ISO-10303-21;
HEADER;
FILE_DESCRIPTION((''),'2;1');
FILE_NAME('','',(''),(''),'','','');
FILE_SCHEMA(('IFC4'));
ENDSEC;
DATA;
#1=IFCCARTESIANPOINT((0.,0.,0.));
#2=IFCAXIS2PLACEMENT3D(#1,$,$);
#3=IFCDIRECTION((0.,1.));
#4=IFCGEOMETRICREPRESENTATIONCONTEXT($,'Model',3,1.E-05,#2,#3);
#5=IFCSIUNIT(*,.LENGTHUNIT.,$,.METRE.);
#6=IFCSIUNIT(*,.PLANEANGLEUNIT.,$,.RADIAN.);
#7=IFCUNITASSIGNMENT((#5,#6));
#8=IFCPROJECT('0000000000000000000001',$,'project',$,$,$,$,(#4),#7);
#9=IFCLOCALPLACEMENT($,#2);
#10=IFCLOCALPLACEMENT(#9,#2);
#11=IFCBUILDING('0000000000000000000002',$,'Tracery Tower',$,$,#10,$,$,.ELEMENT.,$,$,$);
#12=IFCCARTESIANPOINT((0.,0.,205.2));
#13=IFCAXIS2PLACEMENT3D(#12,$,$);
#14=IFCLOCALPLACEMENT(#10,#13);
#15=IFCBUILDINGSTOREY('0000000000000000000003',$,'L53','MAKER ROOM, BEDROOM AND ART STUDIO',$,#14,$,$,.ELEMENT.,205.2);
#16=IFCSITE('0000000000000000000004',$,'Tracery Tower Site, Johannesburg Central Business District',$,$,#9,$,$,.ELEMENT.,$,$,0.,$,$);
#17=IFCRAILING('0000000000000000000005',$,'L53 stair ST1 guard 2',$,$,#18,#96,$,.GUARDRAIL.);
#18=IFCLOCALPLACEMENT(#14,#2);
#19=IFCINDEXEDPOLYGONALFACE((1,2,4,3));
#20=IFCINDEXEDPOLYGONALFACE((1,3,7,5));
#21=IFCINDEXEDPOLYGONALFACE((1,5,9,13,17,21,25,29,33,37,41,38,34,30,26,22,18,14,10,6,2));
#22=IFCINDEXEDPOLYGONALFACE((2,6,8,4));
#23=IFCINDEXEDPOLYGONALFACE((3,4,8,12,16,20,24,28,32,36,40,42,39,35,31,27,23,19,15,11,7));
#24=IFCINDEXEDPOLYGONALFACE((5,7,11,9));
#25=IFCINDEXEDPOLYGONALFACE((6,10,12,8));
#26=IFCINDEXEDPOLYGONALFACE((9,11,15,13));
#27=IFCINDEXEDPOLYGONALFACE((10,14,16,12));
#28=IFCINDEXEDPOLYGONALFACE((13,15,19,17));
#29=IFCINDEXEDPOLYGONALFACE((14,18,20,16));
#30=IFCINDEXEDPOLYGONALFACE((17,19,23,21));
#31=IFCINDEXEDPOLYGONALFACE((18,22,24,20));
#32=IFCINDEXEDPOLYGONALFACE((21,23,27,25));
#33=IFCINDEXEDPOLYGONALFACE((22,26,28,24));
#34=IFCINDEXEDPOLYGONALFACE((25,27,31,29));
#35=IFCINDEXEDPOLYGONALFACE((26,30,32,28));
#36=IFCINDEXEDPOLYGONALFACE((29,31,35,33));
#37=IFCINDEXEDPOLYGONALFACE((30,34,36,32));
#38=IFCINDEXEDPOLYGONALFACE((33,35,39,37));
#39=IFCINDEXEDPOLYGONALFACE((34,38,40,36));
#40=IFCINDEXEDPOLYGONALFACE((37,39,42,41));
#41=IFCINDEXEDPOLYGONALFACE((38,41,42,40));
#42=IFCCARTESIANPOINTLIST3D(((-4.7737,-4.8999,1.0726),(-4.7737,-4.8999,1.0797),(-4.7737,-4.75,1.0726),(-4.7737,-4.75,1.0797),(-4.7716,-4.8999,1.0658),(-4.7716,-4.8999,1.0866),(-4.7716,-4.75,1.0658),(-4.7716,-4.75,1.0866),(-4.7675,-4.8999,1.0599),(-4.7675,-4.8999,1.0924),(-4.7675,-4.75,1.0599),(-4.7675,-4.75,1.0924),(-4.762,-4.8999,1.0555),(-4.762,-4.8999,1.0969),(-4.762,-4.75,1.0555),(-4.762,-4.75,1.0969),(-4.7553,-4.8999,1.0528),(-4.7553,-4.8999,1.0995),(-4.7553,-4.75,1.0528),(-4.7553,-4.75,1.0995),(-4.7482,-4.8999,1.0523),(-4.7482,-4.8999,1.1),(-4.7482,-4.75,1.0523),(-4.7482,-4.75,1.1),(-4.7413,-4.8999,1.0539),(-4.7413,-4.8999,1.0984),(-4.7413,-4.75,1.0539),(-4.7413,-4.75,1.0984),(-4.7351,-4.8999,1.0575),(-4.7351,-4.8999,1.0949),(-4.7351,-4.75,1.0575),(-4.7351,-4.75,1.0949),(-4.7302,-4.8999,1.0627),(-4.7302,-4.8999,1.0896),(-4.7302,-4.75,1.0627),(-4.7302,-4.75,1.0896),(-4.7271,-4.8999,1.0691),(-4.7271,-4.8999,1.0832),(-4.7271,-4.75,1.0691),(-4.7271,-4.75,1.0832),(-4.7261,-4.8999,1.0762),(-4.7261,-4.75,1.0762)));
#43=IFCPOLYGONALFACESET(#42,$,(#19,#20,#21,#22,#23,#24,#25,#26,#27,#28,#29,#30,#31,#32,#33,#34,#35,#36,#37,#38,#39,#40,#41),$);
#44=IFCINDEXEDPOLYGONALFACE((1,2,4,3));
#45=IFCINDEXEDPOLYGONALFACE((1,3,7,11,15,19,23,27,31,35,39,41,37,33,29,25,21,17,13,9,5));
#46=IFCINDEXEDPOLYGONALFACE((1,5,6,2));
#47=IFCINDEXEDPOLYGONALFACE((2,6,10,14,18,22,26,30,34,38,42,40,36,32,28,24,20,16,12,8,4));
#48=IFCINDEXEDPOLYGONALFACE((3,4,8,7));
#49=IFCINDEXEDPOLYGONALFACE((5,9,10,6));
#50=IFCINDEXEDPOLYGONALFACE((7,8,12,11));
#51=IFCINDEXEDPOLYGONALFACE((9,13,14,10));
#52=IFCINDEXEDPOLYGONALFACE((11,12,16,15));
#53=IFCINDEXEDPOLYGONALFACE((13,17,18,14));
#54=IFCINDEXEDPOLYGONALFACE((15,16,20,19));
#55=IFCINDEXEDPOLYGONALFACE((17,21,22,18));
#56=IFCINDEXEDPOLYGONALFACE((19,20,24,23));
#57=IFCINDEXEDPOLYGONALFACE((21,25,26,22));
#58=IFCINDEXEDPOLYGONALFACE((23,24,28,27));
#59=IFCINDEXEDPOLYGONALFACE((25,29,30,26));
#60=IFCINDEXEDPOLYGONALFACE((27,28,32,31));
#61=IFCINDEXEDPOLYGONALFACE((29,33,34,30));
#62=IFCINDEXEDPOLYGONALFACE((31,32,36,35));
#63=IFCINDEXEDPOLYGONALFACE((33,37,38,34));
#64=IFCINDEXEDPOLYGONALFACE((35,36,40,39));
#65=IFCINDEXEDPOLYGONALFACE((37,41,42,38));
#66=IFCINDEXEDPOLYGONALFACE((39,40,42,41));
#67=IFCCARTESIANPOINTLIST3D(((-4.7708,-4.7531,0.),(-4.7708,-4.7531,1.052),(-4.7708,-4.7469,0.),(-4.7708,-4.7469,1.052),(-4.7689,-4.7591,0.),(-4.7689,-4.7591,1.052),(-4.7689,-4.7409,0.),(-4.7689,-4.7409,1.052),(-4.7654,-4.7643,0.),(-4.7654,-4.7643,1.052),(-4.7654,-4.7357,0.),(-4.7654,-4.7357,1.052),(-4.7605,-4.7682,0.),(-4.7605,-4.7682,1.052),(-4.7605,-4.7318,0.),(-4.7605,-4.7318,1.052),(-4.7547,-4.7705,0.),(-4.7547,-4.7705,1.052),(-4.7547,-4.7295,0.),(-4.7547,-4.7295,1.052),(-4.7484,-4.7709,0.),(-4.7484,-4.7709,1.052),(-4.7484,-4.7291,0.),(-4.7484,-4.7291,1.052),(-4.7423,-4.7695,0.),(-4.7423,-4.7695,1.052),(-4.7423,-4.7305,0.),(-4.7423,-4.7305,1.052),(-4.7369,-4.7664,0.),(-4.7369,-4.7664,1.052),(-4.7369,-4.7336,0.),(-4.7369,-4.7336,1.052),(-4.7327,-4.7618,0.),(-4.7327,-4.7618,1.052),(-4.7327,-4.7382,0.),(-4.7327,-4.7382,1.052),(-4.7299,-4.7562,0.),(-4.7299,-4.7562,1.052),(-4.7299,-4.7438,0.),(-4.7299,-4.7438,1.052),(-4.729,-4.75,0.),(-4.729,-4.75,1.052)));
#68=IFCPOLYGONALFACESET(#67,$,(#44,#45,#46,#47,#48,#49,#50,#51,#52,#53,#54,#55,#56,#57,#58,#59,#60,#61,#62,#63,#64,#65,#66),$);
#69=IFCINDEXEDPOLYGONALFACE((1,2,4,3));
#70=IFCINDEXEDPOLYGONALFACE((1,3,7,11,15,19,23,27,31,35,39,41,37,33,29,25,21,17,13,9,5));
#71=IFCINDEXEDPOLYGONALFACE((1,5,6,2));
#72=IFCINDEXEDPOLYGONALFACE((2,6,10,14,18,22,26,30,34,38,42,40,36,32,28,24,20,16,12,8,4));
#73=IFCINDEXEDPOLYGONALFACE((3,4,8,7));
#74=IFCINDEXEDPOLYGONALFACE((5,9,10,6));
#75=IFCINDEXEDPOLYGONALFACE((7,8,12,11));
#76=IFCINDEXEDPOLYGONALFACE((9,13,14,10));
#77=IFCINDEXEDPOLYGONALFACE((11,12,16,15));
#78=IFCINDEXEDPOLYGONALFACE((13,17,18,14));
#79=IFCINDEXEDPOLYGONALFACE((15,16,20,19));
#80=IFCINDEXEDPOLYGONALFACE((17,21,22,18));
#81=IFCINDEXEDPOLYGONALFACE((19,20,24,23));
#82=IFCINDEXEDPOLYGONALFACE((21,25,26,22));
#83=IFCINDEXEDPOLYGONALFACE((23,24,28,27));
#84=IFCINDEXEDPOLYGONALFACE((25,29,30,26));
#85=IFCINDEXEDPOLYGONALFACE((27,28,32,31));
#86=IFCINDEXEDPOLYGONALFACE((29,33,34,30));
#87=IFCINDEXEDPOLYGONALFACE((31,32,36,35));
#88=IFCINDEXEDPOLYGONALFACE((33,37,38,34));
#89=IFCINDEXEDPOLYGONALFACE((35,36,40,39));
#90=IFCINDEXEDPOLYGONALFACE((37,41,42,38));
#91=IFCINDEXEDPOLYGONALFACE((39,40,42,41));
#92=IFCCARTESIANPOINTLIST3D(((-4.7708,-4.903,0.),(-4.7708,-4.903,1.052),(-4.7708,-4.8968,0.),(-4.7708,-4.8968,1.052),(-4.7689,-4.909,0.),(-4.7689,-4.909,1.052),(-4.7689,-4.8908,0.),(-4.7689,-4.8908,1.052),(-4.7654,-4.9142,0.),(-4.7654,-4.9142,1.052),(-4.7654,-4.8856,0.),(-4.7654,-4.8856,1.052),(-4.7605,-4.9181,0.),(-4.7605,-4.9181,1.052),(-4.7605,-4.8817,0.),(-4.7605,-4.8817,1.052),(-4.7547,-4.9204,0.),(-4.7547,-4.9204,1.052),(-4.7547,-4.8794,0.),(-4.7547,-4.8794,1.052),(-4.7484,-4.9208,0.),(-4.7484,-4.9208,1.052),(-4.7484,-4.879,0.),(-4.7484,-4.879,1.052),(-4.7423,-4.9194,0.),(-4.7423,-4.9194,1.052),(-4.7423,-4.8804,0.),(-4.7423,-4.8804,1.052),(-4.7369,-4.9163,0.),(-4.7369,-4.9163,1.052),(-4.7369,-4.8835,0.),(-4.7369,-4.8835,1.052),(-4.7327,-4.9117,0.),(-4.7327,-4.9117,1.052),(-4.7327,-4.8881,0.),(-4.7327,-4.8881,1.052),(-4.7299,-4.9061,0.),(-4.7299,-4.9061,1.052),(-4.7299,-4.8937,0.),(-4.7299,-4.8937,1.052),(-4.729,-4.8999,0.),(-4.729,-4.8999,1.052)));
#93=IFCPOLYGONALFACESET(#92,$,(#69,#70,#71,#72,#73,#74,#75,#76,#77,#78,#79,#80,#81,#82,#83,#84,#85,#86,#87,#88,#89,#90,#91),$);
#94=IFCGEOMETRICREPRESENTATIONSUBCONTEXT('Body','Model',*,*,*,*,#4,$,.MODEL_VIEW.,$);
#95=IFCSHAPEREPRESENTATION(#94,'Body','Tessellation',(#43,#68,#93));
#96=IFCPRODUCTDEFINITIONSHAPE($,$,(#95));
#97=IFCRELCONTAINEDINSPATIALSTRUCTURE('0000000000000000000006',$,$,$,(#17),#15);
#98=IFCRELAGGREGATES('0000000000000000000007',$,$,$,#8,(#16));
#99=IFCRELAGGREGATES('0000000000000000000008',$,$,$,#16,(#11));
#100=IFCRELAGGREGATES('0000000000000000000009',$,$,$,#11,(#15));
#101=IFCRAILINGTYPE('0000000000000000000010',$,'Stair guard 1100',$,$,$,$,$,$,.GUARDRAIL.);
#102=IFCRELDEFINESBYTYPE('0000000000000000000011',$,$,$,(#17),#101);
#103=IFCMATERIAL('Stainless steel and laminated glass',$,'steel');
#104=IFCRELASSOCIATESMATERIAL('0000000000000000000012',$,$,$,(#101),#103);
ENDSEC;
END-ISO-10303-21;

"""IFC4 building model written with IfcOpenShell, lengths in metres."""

from ifc_helpers import new_model, si_unit, direction, frame, origin, origin_2d, place, context, subcontext, project, spatial, circle, extrude, material, type_object, element, save


model = new_model("IFC4")

# Units and contexts
model_context = context("Model", 3, precision=1e-05, world=origin(), true_north=direction((0.0, 1.0)))
body_context = subcontext(model_context, "Body", "Model", "MODEL_VIEW")
ifc_project = project(units=[si_unit("LENGTHUNIT", "METRE"), si_unit("PLANEANGLEUNIT", "RADIAN")], contexts=[model_context])

# Site, building, storey
site_placement = place(None, origin())
site = spatial("IfcSite", under=ifc_project, at=site_placement, Name="Tracery Tower Site, Johannesburg Central Business District", CompositionType="ELEMENT", RefElevation=0.0)
building_placement = place(site_placement, origin())
building = spatial("IfcBuilding", under=site, at=building_placement, Name="Tracery Tower", CompositionType="ELEMENT")
storey_placement = place(building_placement, frame((0.0, 0.0, 205.2)))
storey = spatial("IfcBuildingStorey", under=building, at=storey_placement, Name="L53", Description="MAKER ROOM, BEDROOM AND ART STUDIO", CompositionType="ELEMENT", Elevation=205.2)

# Railing
ifc_material_1 = material(Name="Stainless steel and laminated glass", Category="steel")
railing_type_1 = type_object("IfcRailingType", Name="Stair guard 1100", PredefinedType="GUARDRAIL", material=ifc_material_1)
railing_1_placement = place(storey_placement, frame((-4.75, -4.75, 0.0)))
element("IfcRailing", 1, at=railing_1_placement, inside=storey, type_object=railing_type_1, Name="L53 stair ST1 guard 2", PredefinedType="GUARDRAIL", context=body_context, shape_type="SweptSolid", body=[
    extrude(circle(Radius=0.0239, at=origin_2d()), frame((0.0, 0.0, 1.0762), z_axis=(0.0, -1.0, 0.0), x_axis=(1.0, 0.0, 0.0)), (0.0, 0.0, 1.0), 0.1499),
    extrude(circle(Radius=0.021, at=origin_2d()), origin(), (0.0, 0.0, 1.0), 1.052),
    extrude(circle(Radius=0.021, at=origin_2d()), frame((0.0, -0.1499, 0.0)), (0.0, 0.0, 1.0), 1.052),
])

save(model, "model.ifc")
